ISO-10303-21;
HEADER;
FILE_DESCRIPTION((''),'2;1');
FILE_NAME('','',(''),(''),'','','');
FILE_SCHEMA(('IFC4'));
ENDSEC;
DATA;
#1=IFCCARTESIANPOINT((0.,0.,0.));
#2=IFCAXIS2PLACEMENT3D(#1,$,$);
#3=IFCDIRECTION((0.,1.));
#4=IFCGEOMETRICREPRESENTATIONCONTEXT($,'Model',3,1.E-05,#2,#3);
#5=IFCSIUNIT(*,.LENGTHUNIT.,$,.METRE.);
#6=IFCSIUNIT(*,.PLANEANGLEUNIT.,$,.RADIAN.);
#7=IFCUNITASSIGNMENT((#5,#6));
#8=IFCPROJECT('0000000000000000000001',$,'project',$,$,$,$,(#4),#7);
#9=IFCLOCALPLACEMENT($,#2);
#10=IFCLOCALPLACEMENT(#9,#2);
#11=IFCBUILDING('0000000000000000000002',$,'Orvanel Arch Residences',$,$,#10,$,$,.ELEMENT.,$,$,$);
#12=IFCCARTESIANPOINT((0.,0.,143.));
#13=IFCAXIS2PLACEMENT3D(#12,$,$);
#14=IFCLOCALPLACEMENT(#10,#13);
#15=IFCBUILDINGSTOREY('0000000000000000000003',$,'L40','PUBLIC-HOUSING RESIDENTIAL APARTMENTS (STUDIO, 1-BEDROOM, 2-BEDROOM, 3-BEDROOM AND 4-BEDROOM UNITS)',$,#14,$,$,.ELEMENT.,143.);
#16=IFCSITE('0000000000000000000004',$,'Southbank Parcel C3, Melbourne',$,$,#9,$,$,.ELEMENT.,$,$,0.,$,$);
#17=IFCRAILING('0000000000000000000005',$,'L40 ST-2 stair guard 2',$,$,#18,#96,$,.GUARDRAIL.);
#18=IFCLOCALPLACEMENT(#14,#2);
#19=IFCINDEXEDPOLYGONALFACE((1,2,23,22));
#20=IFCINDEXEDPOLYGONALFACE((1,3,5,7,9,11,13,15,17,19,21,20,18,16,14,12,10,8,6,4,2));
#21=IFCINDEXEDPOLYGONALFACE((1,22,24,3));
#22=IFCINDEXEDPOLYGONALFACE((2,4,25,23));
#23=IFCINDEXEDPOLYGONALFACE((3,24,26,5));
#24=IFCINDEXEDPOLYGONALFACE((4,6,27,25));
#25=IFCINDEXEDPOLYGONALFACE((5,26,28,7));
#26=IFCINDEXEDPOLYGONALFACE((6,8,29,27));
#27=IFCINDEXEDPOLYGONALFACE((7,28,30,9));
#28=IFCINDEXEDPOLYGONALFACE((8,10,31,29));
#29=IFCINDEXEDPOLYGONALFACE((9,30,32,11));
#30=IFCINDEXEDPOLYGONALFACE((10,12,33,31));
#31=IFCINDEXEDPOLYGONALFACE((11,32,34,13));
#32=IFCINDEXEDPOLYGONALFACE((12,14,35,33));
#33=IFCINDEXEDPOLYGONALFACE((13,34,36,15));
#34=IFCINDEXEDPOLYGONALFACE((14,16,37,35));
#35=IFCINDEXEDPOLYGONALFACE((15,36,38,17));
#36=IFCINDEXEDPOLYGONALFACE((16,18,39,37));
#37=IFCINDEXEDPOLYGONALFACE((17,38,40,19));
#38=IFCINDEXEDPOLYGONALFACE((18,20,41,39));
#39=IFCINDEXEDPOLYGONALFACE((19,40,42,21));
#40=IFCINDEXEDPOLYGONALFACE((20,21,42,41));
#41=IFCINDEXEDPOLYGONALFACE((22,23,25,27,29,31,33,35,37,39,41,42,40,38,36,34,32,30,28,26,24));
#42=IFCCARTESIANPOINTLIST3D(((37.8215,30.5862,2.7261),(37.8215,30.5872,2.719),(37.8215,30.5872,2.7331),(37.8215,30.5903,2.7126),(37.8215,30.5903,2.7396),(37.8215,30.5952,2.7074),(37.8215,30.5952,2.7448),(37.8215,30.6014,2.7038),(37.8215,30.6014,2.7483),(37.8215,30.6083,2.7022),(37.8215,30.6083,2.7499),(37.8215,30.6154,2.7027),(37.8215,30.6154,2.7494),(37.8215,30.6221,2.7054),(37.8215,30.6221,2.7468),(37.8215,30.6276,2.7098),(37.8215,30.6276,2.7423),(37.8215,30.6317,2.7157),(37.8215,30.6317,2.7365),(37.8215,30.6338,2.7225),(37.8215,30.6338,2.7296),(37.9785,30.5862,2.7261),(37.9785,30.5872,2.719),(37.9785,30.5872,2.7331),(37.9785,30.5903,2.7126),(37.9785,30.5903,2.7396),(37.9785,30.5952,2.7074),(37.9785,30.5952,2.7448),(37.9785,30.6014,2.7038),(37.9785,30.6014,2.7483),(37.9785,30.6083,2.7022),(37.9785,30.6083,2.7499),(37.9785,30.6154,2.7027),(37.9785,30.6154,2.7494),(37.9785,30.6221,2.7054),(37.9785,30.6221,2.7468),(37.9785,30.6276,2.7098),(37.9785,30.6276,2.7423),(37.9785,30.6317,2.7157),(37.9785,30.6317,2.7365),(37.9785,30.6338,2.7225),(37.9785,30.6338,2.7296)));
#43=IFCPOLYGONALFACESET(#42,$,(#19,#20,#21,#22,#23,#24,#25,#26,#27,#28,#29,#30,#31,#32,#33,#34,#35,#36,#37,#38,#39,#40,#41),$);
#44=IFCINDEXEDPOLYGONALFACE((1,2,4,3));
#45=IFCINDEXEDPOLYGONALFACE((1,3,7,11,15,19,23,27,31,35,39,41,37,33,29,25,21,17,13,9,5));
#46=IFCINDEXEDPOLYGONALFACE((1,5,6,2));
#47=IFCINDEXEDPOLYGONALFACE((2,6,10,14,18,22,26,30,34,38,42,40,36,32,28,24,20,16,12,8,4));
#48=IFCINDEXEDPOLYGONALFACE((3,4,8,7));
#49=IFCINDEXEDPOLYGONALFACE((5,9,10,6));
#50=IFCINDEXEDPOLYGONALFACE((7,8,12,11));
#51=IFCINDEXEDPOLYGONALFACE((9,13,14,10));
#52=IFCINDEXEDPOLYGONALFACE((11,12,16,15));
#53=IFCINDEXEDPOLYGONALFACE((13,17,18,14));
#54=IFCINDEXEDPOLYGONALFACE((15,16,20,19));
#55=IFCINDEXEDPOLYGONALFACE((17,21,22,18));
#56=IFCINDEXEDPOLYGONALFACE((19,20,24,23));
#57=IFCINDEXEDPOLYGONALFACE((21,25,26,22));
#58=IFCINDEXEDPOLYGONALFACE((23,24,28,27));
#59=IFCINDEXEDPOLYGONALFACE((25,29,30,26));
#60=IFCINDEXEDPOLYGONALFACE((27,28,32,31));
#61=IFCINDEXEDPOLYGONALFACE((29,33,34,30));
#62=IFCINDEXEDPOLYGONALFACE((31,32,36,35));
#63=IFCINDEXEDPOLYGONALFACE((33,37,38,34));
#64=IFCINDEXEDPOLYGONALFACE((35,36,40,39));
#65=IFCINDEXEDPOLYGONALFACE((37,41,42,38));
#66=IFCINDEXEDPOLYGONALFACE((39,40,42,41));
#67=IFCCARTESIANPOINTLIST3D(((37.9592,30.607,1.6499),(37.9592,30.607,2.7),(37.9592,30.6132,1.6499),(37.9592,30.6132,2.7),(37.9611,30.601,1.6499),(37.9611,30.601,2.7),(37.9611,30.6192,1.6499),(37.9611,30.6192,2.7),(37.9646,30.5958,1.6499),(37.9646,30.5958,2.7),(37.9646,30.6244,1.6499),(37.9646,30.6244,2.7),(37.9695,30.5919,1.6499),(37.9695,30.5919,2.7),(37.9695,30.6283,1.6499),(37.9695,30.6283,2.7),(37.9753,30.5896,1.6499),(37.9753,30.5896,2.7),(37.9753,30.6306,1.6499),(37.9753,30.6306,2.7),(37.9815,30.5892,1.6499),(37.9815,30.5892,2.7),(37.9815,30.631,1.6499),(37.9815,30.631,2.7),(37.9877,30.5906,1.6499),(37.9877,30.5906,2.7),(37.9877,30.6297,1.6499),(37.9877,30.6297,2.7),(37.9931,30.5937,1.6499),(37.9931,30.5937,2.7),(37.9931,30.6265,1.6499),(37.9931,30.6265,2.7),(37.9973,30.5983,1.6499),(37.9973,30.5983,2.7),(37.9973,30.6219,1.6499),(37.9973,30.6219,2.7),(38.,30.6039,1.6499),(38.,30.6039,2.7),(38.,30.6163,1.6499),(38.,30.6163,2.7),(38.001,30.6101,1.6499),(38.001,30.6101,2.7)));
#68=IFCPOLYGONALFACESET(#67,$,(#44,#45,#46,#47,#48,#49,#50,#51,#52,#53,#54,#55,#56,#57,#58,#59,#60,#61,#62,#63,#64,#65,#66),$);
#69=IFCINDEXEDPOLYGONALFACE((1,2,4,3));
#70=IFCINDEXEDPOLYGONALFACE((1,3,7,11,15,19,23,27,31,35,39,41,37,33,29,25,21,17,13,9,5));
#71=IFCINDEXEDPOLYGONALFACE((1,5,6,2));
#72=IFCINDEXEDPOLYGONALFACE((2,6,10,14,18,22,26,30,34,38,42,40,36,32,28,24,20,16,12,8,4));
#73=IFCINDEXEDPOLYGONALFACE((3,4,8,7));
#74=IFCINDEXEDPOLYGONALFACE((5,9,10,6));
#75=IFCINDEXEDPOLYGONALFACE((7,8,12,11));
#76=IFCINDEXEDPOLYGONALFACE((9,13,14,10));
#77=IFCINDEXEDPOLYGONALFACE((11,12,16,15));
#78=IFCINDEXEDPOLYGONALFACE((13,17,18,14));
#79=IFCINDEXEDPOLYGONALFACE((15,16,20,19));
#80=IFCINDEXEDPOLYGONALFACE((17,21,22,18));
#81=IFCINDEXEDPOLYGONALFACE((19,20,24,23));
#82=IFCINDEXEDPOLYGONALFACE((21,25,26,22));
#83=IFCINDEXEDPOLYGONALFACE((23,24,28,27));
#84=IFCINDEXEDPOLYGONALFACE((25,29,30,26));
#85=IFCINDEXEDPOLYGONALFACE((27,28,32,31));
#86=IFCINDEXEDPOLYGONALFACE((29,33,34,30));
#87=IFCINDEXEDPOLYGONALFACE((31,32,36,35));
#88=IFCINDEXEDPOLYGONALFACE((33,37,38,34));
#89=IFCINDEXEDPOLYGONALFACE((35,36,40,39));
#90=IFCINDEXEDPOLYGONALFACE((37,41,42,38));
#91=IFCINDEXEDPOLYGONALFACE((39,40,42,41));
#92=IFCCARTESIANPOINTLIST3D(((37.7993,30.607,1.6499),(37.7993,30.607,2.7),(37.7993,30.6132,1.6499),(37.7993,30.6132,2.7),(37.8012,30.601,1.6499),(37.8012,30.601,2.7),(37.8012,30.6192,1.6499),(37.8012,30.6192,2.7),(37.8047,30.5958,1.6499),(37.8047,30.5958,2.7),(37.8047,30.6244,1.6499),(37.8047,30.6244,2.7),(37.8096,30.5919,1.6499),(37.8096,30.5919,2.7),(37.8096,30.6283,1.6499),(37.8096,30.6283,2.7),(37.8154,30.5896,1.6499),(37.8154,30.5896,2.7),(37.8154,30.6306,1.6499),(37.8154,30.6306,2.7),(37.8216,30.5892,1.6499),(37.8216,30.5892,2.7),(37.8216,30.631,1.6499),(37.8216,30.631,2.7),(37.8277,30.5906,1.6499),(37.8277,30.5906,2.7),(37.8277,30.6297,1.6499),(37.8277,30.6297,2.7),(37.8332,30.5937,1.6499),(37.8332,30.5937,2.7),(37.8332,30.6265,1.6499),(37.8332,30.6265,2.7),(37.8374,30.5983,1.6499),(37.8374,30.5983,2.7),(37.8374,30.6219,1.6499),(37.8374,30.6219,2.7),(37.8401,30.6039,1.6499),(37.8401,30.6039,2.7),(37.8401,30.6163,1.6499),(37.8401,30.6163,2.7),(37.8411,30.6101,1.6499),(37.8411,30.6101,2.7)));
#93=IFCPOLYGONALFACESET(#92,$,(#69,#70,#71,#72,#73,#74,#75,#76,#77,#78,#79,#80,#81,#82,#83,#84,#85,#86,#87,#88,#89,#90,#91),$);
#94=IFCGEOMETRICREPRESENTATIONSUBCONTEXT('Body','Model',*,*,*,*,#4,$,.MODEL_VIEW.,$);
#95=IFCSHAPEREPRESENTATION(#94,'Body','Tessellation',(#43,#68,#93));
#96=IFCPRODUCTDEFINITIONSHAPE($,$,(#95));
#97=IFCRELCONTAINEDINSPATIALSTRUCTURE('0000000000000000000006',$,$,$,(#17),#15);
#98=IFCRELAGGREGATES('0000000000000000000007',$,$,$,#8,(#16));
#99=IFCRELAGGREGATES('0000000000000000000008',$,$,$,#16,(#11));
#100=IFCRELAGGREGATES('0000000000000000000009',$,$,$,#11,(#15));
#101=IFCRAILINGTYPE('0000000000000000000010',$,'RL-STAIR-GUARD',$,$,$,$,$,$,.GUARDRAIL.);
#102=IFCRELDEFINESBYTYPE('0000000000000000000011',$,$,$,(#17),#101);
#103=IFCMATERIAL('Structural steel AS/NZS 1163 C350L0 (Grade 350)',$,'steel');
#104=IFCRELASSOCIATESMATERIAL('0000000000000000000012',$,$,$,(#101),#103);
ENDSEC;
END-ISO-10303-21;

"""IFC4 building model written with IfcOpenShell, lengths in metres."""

from ifc_helpers import new_model, si_unit, direction, frame, origin, origin_2d, place, context, subcontext, project, spatial, circle, extrude, material, type_object, element, save


model = new_model("IFC4")

# Units and contexts
model_context = context("Model", 3, precision=1e-05, world=origin(), true_north=direction((0.0, 1.0)))
body_context = subcontext(model_context, "Body", "Model", "MODEL_VIEW")
ifc_project = project(units=[si_unit("LENGTHUNIT", "METRE"), si_unit("PLANEANGLEUNIT", "RADIAN")], contexts=[model_context])

# Site, building, storey
site_placement = place(None, origin())
site = spatial("IfcSite", under=ifc_project, at=site_placement, Name="Southbank Parcel C3, Melbourne", CompositionType="ELEMENT", RefElevation=0.0)
building_placement = place(site_placement, origin())
building = spatial("IfcBuilding", under=site, at=building_placement, Name="Orvanel Arch Residences", CompositionType="ELEMENT")
storey_placement = place(building_placement, frame((0.0, 0.0, 143.0)))
storey = spatial("IfcBuildingStorey", under=building, at=storey_placement, Name="L40", Description="PUBLIC-HOUSING RESIDENTIAL APARTMENTS (STUDIO, 1-BEDROOM, 2-BEDROOM, 3-BEDROOM AND 4-BEDROOM UNITS)", CompositionType="ELEMENT", Elevation=143.0)

# Railing
ifc_material_1 = material(Name="Structural steel AS/NZS 1163 C350L0 (Grade 350)", Category="steel")
railing_type_1 = type_object("IfcRailingType", Name="RL-STAIR-GUARD", PredefinedType="GUARDRAIL", material=ifc_material_1)
railing_1_placement = place(storey_placement, frame((37.98, 30.6101, 1.6499)))
element("IfcRailing", 1, at=railing_1_placement, inside=storey, type_object=railing_type_1, Name="L40 ST-2 stair guard 2", PredefinedType="GUARDRAIL", context=body_context, shape_type="SweptSolid", body=[
    extrude(circle(Radius=0.0239, at=origin_2d()), frame((-0.0015, 0.0, 1.0762), z_axis=(-1.0, 0.0, 0.0), x_axis=(0.0, -1.0, 0.0)), (0.0, 0.0, 1.0), 0.157),
    extrude(circle(Radius=0.021, at=origin_2d()), origin(), (0.0, 0.0, 1.0), 1.05),
    extrude(circle(Radius=0.021, at=origin_2d()), frame((-0.1599, 0.0, 0.0)), (0.0, 0.0, 1.0), 1.05),
])

save(model, "model.ifc")
